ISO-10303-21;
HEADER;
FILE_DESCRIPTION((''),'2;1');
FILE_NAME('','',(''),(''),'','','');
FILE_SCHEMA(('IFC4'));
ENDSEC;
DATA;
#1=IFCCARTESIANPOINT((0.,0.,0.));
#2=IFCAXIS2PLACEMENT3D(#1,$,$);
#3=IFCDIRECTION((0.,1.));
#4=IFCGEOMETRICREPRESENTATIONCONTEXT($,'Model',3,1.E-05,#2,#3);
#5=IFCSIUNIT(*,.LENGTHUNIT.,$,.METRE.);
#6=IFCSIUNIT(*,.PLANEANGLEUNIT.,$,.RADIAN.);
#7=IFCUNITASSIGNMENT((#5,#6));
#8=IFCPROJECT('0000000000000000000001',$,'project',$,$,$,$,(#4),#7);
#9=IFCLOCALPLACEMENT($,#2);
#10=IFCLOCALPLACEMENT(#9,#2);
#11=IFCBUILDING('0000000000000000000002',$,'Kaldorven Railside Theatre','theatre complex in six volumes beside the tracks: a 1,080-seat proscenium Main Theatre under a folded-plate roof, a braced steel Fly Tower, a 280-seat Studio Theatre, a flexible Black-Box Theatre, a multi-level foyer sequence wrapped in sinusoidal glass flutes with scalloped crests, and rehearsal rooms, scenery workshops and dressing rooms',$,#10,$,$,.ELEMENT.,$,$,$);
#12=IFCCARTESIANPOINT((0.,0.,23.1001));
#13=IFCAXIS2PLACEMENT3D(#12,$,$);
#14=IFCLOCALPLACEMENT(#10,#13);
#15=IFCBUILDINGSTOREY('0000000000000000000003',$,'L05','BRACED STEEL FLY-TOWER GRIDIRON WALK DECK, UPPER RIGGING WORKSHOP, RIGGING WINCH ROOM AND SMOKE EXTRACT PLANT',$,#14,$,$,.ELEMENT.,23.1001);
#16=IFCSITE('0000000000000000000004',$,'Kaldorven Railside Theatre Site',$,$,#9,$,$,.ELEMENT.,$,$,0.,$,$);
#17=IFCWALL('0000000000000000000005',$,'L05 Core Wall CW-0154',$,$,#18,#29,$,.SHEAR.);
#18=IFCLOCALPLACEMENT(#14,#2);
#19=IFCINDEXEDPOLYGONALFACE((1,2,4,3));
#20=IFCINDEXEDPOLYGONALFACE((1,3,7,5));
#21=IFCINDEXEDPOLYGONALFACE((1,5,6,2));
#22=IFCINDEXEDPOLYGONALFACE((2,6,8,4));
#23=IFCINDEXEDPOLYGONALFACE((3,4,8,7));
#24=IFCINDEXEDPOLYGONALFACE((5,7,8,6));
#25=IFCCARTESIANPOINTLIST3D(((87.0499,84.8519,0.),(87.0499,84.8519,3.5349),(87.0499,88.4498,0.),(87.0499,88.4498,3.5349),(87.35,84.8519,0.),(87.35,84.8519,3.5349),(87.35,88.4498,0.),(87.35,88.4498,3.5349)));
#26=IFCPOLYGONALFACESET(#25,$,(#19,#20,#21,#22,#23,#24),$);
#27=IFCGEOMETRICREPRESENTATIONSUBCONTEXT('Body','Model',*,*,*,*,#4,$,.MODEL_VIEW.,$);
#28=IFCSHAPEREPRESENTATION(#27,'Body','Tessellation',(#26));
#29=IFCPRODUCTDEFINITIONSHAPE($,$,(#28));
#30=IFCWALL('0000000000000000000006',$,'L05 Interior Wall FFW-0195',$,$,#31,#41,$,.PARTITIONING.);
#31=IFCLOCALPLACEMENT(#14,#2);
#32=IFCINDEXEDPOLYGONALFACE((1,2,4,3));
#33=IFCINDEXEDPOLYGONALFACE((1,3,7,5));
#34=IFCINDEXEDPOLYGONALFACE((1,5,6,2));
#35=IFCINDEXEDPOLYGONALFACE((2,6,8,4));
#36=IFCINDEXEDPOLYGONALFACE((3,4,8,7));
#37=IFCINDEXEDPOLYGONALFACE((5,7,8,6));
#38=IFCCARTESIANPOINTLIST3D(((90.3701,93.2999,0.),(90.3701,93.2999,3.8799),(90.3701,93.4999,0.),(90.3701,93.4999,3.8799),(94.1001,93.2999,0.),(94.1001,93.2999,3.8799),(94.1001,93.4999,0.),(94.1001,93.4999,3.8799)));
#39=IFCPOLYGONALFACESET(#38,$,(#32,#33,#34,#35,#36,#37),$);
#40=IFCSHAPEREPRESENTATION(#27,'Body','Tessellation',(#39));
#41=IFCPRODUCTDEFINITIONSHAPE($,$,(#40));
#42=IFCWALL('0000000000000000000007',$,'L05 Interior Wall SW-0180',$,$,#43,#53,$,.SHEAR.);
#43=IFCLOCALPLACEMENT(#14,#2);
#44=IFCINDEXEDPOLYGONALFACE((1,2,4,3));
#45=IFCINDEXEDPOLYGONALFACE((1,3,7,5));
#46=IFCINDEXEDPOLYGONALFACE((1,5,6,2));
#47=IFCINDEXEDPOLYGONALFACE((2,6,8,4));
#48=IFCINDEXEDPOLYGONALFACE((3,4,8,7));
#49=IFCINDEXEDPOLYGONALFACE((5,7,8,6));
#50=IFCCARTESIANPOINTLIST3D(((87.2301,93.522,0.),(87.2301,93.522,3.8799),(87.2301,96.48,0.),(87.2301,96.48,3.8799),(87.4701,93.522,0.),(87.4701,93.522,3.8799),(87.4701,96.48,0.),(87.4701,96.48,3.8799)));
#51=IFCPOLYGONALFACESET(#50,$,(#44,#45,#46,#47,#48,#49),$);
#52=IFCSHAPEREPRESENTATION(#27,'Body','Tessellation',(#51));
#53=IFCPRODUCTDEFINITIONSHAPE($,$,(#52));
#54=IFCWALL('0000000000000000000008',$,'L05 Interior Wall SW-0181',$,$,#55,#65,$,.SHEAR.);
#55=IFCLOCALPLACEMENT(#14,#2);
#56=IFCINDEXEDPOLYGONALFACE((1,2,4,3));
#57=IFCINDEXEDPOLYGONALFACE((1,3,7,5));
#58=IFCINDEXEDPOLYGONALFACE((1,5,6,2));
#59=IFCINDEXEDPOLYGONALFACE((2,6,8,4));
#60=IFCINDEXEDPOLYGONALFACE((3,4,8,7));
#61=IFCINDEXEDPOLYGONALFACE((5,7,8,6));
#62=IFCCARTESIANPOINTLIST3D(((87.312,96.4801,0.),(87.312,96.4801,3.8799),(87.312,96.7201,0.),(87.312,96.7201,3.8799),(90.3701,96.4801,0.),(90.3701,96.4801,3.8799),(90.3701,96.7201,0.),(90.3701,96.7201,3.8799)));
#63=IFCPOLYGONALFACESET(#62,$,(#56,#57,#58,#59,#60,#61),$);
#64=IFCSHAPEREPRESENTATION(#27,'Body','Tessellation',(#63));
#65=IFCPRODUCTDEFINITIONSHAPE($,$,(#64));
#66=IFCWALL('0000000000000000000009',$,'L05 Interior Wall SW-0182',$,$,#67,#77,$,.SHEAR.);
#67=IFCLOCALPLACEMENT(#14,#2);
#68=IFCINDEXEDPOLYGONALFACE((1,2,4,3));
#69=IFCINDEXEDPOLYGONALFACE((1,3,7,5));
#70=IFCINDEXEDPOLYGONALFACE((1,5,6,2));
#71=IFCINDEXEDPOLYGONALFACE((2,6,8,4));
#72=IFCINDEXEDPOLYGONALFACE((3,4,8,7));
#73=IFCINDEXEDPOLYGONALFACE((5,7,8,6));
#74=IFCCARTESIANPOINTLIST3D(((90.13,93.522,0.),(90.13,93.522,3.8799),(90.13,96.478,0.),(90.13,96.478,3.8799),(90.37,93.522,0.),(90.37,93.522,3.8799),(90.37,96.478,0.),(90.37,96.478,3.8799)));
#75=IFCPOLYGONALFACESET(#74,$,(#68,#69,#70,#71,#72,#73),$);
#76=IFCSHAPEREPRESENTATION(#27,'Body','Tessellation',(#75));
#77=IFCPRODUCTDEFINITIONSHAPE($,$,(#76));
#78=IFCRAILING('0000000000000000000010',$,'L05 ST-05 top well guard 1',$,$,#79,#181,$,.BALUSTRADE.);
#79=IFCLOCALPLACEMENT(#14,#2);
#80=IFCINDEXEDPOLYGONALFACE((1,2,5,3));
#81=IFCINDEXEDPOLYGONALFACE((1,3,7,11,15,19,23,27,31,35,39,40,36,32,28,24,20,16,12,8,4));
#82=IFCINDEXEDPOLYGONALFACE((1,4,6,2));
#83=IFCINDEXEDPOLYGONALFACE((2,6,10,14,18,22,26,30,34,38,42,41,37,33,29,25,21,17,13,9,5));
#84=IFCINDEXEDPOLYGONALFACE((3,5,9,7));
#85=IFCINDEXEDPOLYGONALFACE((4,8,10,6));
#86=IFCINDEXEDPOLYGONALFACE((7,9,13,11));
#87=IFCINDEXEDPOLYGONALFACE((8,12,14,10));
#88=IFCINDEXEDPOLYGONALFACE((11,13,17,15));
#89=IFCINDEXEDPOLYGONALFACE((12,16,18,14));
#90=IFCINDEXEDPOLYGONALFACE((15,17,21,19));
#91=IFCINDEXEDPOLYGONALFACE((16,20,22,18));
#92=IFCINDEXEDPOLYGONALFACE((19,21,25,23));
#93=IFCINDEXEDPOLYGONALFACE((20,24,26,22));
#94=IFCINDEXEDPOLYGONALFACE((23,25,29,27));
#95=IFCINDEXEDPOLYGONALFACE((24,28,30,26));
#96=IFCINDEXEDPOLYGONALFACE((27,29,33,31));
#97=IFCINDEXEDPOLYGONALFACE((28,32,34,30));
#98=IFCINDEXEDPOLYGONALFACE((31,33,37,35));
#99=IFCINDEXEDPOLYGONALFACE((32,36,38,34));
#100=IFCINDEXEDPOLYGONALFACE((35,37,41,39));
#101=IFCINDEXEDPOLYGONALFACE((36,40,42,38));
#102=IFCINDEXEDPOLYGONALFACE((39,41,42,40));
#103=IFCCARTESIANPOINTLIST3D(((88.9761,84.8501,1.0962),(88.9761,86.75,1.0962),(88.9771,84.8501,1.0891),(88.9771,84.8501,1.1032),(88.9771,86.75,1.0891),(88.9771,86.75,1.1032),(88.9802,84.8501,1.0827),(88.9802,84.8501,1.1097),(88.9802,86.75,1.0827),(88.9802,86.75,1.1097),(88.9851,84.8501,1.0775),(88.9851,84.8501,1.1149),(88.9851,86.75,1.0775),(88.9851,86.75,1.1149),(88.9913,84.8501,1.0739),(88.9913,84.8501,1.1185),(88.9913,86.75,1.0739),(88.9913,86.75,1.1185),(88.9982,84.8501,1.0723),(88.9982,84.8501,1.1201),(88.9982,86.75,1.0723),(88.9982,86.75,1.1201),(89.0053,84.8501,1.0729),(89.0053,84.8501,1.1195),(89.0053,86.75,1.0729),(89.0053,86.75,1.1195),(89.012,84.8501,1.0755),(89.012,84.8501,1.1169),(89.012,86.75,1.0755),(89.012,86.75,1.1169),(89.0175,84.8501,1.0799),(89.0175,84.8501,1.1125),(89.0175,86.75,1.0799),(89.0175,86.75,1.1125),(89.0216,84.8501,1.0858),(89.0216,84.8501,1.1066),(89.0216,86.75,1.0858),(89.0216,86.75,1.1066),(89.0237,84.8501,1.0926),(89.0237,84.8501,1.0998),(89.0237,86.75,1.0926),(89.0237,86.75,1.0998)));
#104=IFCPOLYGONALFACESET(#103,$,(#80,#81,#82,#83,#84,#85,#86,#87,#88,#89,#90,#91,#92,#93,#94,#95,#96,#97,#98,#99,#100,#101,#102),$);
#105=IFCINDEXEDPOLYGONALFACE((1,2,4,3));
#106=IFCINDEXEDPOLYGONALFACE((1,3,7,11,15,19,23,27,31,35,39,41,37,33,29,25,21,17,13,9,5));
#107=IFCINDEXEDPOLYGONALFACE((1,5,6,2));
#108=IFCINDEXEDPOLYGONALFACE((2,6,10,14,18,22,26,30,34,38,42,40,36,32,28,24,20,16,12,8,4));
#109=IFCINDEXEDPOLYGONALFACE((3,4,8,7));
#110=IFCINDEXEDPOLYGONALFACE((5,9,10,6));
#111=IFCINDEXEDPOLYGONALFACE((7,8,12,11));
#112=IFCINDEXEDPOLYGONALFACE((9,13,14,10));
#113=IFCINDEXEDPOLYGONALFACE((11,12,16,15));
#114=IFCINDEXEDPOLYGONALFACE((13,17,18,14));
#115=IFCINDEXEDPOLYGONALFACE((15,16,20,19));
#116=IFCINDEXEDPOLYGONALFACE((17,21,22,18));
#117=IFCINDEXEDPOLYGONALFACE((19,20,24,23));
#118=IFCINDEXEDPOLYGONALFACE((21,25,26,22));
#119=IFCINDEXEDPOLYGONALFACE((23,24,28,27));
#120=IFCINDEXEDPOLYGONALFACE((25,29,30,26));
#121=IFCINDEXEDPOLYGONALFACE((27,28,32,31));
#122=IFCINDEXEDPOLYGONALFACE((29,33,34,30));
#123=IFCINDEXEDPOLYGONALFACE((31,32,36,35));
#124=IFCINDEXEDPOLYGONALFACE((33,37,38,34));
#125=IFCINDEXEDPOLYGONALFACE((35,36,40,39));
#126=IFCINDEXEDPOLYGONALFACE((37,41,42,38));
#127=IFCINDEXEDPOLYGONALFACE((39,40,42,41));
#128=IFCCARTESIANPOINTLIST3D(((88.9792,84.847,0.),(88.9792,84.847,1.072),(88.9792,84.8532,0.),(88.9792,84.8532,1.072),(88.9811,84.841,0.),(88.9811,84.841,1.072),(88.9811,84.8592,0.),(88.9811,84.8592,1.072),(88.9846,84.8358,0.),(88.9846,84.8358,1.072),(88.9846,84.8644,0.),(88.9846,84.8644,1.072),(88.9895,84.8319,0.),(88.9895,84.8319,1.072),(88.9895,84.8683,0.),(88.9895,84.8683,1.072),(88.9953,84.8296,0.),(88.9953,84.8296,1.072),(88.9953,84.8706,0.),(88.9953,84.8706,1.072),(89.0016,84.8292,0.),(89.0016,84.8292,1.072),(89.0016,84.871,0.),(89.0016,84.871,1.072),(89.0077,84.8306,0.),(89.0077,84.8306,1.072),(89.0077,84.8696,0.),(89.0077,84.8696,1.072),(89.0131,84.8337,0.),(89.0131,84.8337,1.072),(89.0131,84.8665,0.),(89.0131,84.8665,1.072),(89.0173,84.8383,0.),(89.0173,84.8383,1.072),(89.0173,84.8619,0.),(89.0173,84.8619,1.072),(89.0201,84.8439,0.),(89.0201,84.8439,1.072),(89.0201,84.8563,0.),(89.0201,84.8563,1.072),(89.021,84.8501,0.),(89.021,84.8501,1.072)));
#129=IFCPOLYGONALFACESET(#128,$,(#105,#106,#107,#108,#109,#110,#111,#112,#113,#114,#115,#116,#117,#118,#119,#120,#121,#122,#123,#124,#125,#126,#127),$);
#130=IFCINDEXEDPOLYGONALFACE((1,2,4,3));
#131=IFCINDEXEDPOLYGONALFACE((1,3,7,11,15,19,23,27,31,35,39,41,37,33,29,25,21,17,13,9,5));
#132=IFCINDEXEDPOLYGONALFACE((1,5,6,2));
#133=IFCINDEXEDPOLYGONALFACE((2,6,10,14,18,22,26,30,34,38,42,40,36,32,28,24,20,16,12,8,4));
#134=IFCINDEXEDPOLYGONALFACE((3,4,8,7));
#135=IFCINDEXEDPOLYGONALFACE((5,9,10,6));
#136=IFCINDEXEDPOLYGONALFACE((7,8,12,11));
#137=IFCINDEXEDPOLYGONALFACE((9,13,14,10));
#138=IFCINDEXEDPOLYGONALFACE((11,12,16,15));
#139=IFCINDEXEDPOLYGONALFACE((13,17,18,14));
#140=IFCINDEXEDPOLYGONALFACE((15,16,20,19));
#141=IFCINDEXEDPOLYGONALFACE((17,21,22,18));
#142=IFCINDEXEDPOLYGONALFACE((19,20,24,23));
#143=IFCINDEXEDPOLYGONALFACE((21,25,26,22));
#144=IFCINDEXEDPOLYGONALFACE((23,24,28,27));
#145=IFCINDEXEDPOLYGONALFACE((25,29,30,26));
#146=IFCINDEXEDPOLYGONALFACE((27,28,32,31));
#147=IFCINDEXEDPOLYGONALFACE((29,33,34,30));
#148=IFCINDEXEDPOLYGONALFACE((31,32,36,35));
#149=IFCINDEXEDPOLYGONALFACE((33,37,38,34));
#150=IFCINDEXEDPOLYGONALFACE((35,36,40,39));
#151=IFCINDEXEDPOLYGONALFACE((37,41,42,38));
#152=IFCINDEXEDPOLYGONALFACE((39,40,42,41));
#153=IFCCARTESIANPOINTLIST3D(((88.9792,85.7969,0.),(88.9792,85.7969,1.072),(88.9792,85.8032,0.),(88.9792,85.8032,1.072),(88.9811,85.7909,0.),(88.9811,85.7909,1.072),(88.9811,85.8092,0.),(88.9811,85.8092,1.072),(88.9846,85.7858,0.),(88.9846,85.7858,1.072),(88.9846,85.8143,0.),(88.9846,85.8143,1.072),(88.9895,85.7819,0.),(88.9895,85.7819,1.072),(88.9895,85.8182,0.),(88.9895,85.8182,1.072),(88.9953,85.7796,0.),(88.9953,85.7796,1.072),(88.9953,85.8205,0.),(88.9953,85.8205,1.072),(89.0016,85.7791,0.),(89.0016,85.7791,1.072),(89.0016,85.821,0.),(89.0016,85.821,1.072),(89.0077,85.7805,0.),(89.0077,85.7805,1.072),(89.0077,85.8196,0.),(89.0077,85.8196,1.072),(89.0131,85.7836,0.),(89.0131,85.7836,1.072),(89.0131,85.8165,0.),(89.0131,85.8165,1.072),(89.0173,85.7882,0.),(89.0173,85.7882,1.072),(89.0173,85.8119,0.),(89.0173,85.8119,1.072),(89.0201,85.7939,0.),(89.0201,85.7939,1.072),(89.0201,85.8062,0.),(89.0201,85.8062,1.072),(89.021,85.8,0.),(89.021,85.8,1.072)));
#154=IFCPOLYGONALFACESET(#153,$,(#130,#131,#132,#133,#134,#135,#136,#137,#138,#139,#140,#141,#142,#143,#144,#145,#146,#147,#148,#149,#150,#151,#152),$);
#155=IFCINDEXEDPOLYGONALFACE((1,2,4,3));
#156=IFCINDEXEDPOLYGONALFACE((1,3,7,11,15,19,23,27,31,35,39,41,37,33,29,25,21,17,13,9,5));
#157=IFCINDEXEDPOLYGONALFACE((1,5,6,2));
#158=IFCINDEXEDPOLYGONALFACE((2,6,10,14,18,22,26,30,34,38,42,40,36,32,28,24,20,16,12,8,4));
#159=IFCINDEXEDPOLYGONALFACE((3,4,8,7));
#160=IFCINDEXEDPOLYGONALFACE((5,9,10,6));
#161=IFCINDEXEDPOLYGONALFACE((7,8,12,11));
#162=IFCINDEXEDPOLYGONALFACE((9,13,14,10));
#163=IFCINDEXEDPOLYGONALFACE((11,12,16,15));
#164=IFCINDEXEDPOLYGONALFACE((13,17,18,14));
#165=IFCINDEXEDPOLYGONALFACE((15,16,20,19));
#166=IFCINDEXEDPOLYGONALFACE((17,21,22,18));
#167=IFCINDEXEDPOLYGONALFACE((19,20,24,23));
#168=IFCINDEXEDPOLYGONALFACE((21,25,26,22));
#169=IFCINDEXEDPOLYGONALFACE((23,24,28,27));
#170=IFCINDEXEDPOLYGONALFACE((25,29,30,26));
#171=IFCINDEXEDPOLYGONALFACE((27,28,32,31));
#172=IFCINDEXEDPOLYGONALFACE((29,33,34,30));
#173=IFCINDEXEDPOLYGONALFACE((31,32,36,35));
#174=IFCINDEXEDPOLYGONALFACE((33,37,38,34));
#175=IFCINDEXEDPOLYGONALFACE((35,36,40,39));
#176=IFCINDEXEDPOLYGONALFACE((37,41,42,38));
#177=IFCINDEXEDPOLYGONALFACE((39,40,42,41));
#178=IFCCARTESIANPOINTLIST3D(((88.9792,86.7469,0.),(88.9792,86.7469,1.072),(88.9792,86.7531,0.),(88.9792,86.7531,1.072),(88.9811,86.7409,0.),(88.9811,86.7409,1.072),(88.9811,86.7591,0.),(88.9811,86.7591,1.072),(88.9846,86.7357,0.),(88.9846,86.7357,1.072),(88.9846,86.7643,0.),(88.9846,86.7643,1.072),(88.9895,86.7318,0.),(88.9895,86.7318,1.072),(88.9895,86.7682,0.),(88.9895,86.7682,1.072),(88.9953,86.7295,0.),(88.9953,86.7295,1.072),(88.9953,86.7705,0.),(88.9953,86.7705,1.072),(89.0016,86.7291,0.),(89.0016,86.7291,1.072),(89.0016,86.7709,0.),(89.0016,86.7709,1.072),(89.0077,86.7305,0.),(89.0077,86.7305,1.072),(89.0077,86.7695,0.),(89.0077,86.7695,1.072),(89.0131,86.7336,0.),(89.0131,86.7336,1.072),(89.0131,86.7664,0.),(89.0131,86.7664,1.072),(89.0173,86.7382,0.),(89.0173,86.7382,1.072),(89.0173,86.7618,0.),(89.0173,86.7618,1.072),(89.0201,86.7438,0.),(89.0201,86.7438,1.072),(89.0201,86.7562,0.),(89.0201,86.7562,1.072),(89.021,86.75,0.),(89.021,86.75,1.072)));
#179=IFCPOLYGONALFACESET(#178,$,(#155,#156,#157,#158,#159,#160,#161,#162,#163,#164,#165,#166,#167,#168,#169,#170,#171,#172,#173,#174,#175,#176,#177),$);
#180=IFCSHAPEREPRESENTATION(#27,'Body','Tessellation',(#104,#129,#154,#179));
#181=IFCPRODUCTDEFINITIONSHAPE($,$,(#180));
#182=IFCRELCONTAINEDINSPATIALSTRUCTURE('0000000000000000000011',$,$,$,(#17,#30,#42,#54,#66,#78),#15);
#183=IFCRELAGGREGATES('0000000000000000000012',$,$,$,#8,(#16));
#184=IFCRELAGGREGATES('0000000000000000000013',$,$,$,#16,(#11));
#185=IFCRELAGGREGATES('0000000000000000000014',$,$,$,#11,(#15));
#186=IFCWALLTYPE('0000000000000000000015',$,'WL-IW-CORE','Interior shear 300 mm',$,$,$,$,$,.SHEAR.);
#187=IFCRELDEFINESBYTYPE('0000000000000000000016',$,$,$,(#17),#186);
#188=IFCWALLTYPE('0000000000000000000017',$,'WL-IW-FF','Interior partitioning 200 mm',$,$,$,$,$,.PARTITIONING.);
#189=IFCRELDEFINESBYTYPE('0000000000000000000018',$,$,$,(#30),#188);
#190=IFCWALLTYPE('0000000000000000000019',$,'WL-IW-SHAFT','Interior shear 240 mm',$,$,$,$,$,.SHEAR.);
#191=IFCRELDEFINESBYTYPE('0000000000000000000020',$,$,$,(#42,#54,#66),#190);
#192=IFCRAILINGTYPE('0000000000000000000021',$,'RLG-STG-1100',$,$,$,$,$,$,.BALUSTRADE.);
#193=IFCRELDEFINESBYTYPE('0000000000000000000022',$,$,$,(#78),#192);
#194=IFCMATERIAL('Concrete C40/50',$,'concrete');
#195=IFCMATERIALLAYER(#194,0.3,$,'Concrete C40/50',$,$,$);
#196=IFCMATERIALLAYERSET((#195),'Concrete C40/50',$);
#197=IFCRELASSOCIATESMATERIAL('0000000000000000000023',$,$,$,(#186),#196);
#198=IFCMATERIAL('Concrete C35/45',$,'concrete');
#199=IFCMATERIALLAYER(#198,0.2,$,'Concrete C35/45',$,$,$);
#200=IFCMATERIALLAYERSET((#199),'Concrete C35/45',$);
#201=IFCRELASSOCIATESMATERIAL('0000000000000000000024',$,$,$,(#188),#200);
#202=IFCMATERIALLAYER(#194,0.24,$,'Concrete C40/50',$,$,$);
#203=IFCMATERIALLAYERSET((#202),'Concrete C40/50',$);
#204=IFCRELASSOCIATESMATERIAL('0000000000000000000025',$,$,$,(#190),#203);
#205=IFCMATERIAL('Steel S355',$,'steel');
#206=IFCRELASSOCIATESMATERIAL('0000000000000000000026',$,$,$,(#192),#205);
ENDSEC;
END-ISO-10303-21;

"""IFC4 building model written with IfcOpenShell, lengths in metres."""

from ifc_helpers import new_model, si_unit, direction, frame, frame_2d, origin, origin_2d, place, context, subcontext, project, spatial, rectangle, circle, extrude, material, layer, layer_set, type_object, element, save


model = new_model("IFC4")

# Units and contexts
model_context = context("Model", 3, precision=1e-05, world=origin(), true_north=direction((0.0, 1.0)))
body_context = subcontext(model_context, "Body", "Model", "MODEL_VIEW")
ifc_project = project(units=[si_unit("LENGTHUNIT", "METRE"), si_unit("PLANEANGLEUNIT", "RADIAN")], contexts=[model_context])

# Site, building, storey
site_placement = place(None, origin())
site = spatial("IfcSite", under=ifc_project, at=site_placement, Name="Kaldorven Railside Theatre Site", CompositionType="ELEMENT", RefElevation=0.0)
building_placement = place(site_placement, origin())
building = spatial("IfcBuilding", under=site, at=building_placement, Name="Kaldorven Railside Theatre", Description="theatre complex in six volumes beside the tracks: a 1,080-seat proscenium Main Theatre under a folded-plate roof, a braced steel Fly Tower, a 280-seat Studio Theatre, a flexible Black-Box Theatre, a multi-level foyer sequence wrapped in sinusoidal glass flutes with scalloped crests, and rehearsal rooms, scenery workshops and dressing rooms", CompositionType="ELEMENT")
storey_placement = place(building_placement, frame((0.0, 0.0, 23.1001)))
storey = spatial("IfcBuildingStorey", under=building, at=storey_placement, Name="L05", Description="BRACED STEEL FLY-TOWER GRIDIRON WALK DECK, UPPER RIGGING WORKSHOP, RIGGING WINCH ROOM AND SMOKE EXTRACT PLANT", CompositionType="ELEMENT", Elevation=23.1001)

# Shared definitions
ifc_material_1 = material(Name="Steel S355", Category="steel")

# Shared definitions
ifc_material_2 = material(Name="Concrete C40/50", Category="concrete")

# Wall
ifc_layer_1 = layer(ifc_material_2, 0.3, Name="Concrete C40/50")
ifc_layer_set_1 = layer_set([ifc_layer_1], Name="Concrete C40/50")
wall_type_1 = type_object("IfcWallType", Name="WL-IW-CORE", Description="Interior shear 300 mm", PredefinedType="SHEAR", material=ifc_layer_set_1)
wall_1_placement = place(storey_placement, frame((87.2, 84.8521, 0.0), z_axis=(0.0, 0.0, 1.0), x_axis=(0.0, 1.0, 0.0)))
element("IfcWall", 1, at=wall_1_placement, inside=storey, type_object=wall_type_1, Name="L05 Core Wall CW-0154", PredefinedType="SHEAR", context=body_context, shape_type="SweptSolid", body=[
    extrude(rectangle(XDim=3.5979, YDim=0.3, at=frame_2d((1.7988, 0.0))), origin(), (0.0, 0.0, 1.0), 3.5349),
])

# Wall
ifc_material_3 = material(Name="Concrete C35/45", Category="concrete")
ifc_layer_2 = layer(ifc_material_3, 0.2, Name="Concrete C35/45")
ifc_layer_set_2 = layer_set([ifc_layer_2], Name="Concrete C35/45")
wall_type_2 = type_object("IfcWallType", Name="WL-IW-FF", Description="Interior partitioning 200 mm", PredefinedType="PARTITIONING", material=ifc_layer_set_2)
wall_2_placement = place(storey_placement, frame((90.3701, 93.3999, 0.0), z_axis=(0.0, 0.0, 1.0), x_axis=(1.0, 0.0, 0.0)))
element("IfcWall", 2, at=wall_2_placement, inside=storey, type_object=wall_type_2, Name="L05 Interior Wall FFW-0195", PredefinedType="PARTITIONING", context=body_context, shape_type="SweptSolid", body=[
    extrude(rectangle(XDim=3.73, YDim=0.2, at=frame_2d((1.865, 0.0))), origin(), (0.0, 0.0, 1.0), 3.8799),
])

# Shared definitions
ifc_layer_3 = layer(ifc_material_2, 0.24, Name="Concrete C40/50")
ifc_layer_set_3 = layer_set([ifc_layer_3], Name="Concrete C40/50")
wall_type_3 = type_object("IfcWallType", Name="WL-IW-SHAFT", Description="Interior shear 240 mm", PredefinedType="SHEAR", material=ifc_layer_set_3)

# Walls
wall_3_placement = place(storey_placement, frame((87.3501, 93.522, 0.0), z_axis=(0.0, 0.0, 1.0), x_axis=(0.0, 1.0, 0.0)))
element("IfcWall", 3, at=wall_3_placement, inside=storey, type_object=wall_type_3, Name="L05 Interior Wall SW-0180", PredefinedType="SHEAR", context=body_context, shape_type="SweptSolid", body=[
    extrude(rectangle(XDim=2.958, YDim=0.24, at=frame_2d((1.479, 0.0))), origin(), (0.0, 0.0, 1.0), 3.8799),
])
wall_4_placement = place(storey_placement, frame((87.312, 96.6001, 0.0), z_axis=(0.0, 0.0, 1.0), x_axis=(1.0, 0.0, 0.0)))
element("IfcWall", 4, at=wall_4_placement, inside=storey, type_object=wall_type_3, Name="L05 Interior Wall SW-0181", PredefinedType="SHEAR", context=body_context, shape_type="SweptSolid", body=[
    extrude(rectangle(XDim=3.0581, YDim=0.24, at=frame_2d((1.5291, 0.0))), origin(), (0.0, 0.0, 1.0), 3.8799),
])
wall_5_placement = place(storey_placement, frame((90.25, 96.478, 0.0), z_axis=(0.0, 0.0, 1.0), x_axis=(0.0, -1.0, 0.0)))
element("IfcWall", 5, at=wall_5_placement, inside=storey, type_object=wall_type_3, Name="L05 Interior Wall SW-0182", PredefinedType="SHEAR", context=body_context, shape_type="SweptSolid", body=[
    extrude(rectangle(XDim=2.9561, YDim=0.24, at=frame_2d((1.478, 0.0))), origin(), (0.0, 0.0, 1.0), 3.8799),
])

# Railing
railing_type = type_object("IfcRailingType", Name="RLG-STG-1100", PredefinedType="BALUSTRADE", material=ifc_material_1)
railing_placement = place(storey_placement, frame((89.0, 84.8501, 0.0)))
element("IfcRailing", 6, at=railing_placement, inside=storey, type_object=railing_type, Name="L05 ST-05 top well guard 1", PredefinedType="BALUSTRADE", context=body_context, shape_type="SweptSolid", body=[
    extrude(circle(Radius=0.0239, at=origin_2d()), frame((0.0, 0.0, 1.0962), z_axis=(0.0, 1.0, 0.0), x_axis=(-1.0, 0.0, 0.0)), (0.0, 0.0, 1.0), 1.8999),
    extrude(circle(Radius=0.021, at=origin_2d()), origin(), (0.0, 0.0, 1.0), 1.072),
    extrude(circle(Radius=0.021, at=origin_2d()), frame((0.0, 0.95, 0.0)), (0.0, 0.0, 1.0), 1.072),
    extrude(circle(Radius=0.021, at=origin_2d()), frame((0.0, 1.8999, 0.0)), (0.0, 0.0, 1.0), 1.072),
])

save(model, "model.ifc")
